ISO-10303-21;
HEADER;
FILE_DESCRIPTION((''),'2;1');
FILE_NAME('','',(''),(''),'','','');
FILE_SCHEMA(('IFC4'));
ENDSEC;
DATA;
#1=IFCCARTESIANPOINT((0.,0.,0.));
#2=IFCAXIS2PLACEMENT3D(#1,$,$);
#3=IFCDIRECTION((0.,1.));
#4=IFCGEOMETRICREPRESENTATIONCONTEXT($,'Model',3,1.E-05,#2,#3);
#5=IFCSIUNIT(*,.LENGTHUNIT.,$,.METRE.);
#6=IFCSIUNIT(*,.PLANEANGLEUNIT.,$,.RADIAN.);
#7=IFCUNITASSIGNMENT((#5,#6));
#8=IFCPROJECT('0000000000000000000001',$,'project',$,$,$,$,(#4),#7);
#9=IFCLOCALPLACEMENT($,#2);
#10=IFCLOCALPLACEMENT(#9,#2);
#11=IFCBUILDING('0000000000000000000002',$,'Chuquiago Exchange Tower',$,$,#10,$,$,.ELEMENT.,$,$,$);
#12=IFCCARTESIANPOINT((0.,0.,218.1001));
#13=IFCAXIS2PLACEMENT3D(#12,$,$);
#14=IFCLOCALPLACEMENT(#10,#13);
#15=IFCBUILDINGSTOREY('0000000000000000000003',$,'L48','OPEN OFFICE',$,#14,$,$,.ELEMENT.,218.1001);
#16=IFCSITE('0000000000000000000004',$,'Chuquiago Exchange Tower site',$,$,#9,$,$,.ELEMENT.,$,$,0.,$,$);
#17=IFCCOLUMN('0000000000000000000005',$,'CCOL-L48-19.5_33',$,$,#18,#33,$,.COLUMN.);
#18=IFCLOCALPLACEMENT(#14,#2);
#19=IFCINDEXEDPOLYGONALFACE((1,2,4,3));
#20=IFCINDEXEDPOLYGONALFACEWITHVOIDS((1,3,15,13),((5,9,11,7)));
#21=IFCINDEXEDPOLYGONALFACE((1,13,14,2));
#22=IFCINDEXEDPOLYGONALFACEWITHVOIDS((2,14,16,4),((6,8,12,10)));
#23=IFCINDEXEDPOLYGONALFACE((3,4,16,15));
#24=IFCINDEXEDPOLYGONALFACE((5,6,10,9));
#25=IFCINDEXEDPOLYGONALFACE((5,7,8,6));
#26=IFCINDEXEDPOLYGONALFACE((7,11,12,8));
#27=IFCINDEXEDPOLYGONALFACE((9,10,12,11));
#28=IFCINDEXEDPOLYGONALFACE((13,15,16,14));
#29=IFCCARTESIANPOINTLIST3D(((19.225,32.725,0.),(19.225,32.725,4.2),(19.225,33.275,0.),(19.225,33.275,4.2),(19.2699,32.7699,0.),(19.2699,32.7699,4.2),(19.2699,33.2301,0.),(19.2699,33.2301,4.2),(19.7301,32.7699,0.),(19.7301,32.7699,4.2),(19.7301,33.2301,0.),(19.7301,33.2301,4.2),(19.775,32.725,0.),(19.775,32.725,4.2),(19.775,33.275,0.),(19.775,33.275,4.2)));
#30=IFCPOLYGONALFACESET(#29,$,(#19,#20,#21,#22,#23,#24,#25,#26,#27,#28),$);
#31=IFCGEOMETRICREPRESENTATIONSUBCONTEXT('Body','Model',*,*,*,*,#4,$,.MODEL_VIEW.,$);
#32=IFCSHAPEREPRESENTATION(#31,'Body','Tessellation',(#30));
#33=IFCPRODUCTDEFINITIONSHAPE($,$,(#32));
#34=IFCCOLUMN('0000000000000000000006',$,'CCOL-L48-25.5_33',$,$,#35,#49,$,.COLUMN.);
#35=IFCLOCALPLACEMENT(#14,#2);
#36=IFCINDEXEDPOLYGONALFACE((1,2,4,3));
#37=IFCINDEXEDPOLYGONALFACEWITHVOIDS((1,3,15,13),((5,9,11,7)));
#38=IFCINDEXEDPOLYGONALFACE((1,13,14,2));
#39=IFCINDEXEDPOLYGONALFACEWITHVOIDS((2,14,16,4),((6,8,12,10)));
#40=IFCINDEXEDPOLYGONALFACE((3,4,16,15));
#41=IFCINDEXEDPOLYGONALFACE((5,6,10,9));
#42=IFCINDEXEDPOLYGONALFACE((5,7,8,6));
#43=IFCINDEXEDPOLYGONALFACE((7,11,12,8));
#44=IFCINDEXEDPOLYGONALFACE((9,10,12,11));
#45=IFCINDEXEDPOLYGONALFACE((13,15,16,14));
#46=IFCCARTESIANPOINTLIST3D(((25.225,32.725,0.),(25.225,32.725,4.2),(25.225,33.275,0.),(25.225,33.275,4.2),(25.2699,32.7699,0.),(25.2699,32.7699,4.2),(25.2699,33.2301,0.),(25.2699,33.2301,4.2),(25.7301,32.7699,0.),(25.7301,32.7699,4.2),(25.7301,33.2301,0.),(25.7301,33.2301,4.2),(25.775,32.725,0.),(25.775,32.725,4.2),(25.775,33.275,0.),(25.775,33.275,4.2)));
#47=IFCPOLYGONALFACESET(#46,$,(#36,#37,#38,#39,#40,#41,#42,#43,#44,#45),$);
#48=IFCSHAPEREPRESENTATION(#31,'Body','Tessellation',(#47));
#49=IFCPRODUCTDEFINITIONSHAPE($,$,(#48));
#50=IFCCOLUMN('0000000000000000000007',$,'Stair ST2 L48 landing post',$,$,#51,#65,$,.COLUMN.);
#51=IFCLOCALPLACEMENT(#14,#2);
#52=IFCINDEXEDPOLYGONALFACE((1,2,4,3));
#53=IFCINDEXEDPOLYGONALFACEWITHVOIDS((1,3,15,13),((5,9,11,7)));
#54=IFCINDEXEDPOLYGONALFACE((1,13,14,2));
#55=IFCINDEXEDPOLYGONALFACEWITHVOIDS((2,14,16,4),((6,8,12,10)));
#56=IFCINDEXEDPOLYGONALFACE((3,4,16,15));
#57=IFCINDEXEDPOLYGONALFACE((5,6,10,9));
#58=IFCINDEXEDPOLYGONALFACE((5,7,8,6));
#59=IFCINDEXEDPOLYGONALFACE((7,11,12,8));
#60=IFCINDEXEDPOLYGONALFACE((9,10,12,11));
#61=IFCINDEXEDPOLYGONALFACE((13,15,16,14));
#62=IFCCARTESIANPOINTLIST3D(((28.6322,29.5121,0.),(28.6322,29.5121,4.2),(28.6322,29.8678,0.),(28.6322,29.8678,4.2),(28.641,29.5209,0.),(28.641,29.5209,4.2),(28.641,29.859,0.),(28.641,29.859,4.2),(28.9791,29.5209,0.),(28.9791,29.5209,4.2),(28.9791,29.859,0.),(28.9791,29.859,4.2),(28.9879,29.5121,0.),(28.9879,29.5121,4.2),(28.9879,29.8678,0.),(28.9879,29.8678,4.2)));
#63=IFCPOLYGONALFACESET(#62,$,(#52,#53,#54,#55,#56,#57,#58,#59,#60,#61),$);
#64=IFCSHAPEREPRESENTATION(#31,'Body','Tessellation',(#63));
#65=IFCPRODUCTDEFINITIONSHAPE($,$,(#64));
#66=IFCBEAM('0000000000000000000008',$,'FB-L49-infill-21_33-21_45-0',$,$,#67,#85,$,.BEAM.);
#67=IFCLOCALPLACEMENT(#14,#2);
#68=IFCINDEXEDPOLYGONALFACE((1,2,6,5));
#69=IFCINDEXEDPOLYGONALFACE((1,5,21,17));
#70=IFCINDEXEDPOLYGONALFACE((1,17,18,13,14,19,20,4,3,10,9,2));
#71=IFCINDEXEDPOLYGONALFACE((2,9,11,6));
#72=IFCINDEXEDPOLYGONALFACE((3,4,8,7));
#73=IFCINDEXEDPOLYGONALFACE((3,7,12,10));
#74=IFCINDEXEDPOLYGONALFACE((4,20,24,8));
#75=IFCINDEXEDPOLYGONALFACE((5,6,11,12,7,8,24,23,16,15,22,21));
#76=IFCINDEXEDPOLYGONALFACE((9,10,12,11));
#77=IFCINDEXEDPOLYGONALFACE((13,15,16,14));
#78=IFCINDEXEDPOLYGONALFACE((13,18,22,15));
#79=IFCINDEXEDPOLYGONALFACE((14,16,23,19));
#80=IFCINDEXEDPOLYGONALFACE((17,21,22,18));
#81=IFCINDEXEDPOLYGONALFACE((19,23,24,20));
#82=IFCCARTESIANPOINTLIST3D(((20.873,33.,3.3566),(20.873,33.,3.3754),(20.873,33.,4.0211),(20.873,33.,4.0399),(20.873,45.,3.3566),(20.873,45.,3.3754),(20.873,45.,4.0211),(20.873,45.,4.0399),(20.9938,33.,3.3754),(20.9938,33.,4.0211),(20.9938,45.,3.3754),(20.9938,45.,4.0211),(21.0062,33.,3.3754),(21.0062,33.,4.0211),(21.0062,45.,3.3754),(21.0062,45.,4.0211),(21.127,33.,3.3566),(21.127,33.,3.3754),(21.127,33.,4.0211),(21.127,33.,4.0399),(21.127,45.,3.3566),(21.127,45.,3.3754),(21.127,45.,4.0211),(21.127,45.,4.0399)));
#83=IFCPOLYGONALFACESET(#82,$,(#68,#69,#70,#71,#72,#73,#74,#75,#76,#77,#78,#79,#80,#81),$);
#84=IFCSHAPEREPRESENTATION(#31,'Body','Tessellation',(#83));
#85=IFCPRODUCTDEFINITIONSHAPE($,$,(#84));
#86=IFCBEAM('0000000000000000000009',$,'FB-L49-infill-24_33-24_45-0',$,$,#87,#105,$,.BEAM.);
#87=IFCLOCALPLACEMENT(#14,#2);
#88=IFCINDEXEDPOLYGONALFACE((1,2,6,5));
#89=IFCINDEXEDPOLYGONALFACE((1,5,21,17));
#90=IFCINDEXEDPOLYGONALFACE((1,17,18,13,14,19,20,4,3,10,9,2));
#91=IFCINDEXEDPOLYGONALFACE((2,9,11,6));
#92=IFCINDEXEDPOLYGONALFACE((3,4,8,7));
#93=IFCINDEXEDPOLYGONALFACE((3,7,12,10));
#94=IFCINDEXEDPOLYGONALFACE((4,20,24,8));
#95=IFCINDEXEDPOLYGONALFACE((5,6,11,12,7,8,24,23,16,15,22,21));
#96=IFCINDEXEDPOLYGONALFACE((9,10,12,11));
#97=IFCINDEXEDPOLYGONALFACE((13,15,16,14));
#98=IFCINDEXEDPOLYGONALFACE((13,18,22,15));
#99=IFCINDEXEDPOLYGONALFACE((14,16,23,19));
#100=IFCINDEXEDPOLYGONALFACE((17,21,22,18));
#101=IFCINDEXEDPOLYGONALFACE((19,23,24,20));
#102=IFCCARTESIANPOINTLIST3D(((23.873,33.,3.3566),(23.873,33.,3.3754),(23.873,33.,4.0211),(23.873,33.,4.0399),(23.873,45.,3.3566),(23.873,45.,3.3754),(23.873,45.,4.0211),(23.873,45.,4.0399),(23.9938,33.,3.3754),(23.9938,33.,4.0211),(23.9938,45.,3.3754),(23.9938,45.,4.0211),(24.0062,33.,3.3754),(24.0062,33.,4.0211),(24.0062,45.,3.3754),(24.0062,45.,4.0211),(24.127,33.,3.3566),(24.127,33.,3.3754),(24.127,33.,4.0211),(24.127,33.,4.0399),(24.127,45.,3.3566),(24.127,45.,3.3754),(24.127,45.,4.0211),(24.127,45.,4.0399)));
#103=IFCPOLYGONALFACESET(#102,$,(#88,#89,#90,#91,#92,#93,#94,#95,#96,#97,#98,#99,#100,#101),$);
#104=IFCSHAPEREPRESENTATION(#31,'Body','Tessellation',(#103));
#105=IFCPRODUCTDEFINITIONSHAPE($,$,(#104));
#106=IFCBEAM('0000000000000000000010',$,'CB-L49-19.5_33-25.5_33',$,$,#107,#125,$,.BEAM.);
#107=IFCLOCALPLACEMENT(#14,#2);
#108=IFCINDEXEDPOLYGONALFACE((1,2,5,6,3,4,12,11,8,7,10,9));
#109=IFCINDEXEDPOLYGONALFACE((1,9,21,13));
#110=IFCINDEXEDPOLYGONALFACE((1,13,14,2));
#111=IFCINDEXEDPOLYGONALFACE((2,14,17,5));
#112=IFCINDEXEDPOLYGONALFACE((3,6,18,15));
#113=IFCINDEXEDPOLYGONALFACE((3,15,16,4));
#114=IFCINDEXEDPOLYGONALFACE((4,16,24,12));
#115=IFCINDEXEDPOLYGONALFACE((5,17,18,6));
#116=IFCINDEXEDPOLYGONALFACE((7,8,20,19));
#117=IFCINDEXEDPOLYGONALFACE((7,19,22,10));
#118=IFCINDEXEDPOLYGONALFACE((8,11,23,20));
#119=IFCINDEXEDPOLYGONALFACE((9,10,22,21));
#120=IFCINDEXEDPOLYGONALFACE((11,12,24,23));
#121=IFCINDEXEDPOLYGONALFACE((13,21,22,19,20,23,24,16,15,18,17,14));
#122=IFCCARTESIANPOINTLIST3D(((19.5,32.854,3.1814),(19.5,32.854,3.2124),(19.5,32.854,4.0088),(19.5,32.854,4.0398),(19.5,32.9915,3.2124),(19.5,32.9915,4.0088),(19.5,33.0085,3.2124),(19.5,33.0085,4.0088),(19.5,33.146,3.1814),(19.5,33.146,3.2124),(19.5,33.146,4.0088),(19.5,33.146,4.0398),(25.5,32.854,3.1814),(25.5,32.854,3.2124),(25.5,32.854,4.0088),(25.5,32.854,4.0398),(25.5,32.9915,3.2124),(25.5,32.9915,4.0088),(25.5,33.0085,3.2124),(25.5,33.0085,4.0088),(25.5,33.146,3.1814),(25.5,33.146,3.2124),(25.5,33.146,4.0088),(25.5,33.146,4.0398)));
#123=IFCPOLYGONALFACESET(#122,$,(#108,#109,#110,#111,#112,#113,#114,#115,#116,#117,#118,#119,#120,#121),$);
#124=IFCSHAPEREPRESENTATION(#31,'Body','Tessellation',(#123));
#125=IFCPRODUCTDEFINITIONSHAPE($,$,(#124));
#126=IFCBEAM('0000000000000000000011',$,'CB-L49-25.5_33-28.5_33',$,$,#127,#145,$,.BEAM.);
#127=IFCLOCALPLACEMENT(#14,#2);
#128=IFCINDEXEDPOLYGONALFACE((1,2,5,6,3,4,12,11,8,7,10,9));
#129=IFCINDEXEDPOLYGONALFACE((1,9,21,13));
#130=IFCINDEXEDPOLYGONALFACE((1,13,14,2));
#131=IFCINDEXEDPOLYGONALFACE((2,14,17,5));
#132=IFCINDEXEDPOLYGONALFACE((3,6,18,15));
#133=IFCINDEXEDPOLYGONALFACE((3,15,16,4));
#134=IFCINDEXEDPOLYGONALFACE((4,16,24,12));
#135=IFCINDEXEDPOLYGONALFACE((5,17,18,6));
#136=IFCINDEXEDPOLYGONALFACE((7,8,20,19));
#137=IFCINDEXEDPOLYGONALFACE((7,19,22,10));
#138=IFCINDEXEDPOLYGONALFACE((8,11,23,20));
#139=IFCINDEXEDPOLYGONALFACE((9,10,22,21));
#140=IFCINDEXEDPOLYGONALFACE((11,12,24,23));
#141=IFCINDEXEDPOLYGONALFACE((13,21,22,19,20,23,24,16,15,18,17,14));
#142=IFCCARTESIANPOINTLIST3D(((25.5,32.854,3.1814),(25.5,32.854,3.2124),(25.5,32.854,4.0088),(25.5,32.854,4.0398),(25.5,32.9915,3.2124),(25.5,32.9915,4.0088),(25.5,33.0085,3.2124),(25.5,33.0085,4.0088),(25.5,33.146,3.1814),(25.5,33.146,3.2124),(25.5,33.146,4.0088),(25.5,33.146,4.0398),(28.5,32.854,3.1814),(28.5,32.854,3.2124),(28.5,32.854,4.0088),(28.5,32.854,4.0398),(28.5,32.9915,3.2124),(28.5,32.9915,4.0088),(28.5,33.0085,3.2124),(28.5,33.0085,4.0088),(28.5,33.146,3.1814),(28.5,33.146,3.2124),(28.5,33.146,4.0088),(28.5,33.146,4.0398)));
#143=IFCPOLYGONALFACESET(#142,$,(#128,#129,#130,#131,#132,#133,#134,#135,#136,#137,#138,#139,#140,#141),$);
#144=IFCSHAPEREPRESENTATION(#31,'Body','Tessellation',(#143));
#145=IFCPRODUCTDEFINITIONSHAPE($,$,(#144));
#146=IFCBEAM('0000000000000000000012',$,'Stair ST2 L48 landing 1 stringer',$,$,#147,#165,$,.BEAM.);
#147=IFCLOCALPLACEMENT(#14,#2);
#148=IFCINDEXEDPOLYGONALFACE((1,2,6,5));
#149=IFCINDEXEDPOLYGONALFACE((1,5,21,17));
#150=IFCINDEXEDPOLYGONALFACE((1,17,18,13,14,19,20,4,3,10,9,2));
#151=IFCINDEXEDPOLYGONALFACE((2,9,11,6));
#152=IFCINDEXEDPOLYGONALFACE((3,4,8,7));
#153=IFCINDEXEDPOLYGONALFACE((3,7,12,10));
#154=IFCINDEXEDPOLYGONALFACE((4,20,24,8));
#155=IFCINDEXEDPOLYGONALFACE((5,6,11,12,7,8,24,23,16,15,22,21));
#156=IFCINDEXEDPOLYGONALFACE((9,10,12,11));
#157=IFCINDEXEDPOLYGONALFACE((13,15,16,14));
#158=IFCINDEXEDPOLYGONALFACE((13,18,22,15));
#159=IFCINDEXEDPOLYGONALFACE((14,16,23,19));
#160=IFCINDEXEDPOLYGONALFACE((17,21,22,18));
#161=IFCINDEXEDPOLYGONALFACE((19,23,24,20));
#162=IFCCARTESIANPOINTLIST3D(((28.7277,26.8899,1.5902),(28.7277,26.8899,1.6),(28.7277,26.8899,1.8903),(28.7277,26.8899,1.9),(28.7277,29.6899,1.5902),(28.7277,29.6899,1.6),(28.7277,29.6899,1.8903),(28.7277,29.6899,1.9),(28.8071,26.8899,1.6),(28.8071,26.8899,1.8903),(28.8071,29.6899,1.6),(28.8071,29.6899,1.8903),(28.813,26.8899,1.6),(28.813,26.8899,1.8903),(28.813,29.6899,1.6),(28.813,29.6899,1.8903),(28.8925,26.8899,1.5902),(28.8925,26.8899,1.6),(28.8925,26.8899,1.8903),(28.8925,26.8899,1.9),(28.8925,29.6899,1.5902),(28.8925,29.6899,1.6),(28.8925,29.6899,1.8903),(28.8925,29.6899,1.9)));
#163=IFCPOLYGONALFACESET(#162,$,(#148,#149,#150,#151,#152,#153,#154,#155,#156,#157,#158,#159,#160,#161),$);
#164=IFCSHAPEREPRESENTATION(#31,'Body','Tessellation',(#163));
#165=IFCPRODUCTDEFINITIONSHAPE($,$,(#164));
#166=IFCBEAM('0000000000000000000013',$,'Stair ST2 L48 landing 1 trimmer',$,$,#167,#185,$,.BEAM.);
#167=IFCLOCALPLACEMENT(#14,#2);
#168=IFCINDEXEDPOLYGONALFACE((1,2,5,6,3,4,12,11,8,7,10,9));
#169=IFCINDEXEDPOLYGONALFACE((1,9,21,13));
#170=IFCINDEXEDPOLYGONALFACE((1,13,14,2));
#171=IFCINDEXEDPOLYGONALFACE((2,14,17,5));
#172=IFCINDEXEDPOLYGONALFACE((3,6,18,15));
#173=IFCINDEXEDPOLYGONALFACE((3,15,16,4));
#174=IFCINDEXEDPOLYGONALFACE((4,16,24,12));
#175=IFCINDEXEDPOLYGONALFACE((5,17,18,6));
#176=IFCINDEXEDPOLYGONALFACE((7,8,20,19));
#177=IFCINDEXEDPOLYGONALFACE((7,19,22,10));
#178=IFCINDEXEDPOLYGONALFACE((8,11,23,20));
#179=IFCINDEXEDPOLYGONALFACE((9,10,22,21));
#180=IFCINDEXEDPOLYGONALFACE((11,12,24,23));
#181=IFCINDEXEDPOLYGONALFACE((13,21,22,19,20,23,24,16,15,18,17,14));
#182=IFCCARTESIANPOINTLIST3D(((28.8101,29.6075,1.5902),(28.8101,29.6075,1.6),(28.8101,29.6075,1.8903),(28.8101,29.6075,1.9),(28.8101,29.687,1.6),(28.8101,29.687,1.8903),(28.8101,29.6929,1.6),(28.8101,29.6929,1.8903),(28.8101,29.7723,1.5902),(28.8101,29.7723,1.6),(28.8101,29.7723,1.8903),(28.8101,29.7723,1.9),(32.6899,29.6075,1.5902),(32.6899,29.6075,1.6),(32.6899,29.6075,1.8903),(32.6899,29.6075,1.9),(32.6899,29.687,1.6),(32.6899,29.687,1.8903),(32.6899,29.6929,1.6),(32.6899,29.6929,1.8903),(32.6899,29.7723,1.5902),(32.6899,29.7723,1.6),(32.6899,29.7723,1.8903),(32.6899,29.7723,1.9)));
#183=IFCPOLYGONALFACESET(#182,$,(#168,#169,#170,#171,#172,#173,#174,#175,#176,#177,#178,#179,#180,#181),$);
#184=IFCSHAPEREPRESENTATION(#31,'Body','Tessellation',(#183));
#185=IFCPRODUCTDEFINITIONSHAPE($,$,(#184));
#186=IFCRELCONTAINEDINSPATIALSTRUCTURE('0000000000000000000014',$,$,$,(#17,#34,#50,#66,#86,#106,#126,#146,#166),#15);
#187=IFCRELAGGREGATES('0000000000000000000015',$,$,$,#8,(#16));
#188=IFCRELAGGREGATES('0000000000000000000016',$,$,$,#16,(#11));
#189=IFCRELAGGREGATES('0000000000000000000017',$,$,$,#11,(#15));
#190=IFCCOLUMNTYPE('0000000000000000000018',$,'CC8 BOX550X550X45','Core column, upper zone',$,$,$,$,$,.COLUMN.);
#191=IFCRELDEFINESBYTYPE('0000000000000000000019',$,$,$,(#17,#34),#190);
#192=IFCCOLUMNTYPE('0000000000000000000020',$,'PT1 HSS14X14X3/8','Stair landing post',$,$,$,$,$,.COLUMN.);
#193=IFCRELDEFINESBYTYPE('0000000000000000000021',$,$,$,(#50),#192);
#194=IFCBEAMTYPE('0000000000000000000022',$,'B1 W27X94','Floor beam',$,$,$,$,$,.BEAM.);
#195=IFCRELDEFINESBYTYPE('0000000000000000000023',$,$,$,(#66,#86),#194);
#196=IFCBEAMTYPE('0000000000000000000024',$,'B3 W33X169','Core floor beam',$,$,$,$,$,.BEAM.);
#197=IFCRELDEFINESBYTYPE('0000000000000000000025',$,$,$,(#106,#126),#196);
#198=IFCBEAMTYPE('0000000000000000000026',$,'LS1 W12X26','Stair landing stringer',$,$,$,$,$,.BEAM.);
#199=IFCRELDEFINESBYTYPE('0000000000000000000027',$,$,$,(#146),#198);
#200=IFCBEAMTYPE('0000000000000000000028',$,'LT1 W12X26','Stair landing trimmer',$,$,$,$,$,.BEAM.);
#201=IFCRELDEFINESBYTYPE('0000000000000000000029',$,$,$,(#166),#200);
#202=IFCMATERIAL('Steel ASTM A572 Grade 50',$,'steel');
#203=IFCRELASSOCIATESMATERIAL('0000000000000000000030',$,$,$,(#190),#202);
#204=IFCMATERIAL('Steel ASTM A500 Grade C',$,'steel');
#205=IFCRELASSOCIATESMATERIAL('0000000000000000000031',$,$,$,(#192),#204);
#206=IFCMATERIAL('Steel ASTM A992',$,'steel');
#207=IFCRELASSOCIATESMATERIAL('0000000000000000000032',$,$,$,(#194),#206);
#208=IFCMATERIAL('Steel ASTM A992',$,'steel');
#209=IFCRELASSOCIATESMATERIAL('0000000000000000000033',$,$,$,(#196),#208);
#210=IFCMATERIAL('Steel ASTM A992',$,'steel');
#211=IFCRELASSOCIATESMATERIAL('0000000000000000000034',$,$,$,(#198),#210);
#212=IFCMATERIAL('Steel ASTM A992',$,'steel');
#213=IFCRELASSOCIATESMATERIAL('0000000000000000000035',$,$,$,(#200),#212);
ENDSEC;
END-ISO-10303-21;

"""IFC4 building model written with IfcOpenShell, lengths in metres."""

from ifc_helpers import new_model, si_unit, direction, frame, origin, origin_2d, place, context, subcontext, project, spatial, hollow_rectangle, i_section, extrude, material, material_profile, profile_set, type_object, element, save


model = new_model("IFC4")

# Units and contexts
model_context = context("Model", 3, precision=1e-05, world=origin(), true_north=direction((0.0, 1.0)))
body_context = subcontext(model_context, "Body", "Model", "MODEL_VIEW")
ifc_project = project(units=[si_unit("LENGTHUNIT", "METRE"), si_unit("PLANEANGLEUNIT", "RADIAN")], contexts=[model_context])

# Site, building, storey
site_placement = place(None, origin())
site = spatial("IfcSite", under=ifc_project, at=site_placement, Name="Chuquiago Exchange Tower site", CompositionType="ELEMENT", RefElevation=0.0)
building_placement = place(site_placement, origin())
building = spatial("IfcBuilding", under=site, at=building_placement, Name="Chuquiago Exchange Tower", CompositionType="ELEMENT")
storey_placement = place(building_placement, frame((0.0, 0.0, 218.1001)))
storey = spatial("IfcBuildingStorey", under=building, at=storey_placement, Name="L48", Description="OPEN OFFICE", CompositionType="ELEMENT", Elevation=218.1001)

# Columns
ifc_material_1 = material(Name="Steel ASTM A572 Grade 50", Category="steel")
ifc_material_profile_1 = material_profile(ifc_material_1, hollow_rectangle(XDim=0.55, YDim=0.55, WallThickness=0.0449, at=origin_2d()), Name="BOX550X550X45")
ifc_profile_set_1 = profile_set([ifc_material_profile_1], Name="Steel ASTM A572 Grade 50")
column_type_1 = type_object("IfcColumnType", Name="CC8 BOX550X550X45", Description="Core column, upper zone", PredefinedType="COLUMN", material=ifc_profile_set_1)
for number, where, z_axis, x_axis, name in (
    (1, (19.5, 33.0, 0.0), (0.0, 0.0, 1.0), (1.0, 0.0, 0.0), "CCOL-L48-19.5_33"),
    (2, (25.5, 33.0, 0.0), (0.0, 0.0, 1.0), (1.0, 0.0, 0.0), "CCOL-L48-25.5_33"),
):
    element("IfcColumn", number, at=place(storey_placement, frame(where, z_axis=z_axis, x_axis=x_axis)), inside=storey, type_object=column_type_1, Name=name, PredefinedType="COLUMN", context=body_context, shape_type="SweptSolid", body=[
        extrude(hollow_rectangle(XDim=0.55, YDim=0.55, WallThickness=0.0449, at=origin_2d()), origin(), (0.0, 0.0, 1.0), 4.2),
    ])
ifc_material_2 = material(Name="Steel ASTM A500 Grade C", Category="steel")
ifc_material_profile_2 = material_profile(ifc_material_2, hollow_rectangle(XDim=0.3557, YDim=0.3557, WallThickness=0.0088, at=origin_2d()), Name="HSS14X14X3/8")
ifc_profile_set_2 = profile_set([ifc_material_profile_2], Name="Steel ASTM A500 Grade C")
column_type_2 = type_object("IfcColumnType", Name="PT1 HSS14X14X3/8", Description="Stair landing post", PredefinedType="COLUMN", material=ifc_profile_set_2)
column_placement = place(storey_placement, frame((28.8101, 29.6899, 0.0), z_axis=(0.0, 0.0, 1.0), x_axis=(1.0, 0.0, 0.0)))
element("IfcColumn", 3, at=column_placement, inside=storey, type_object=column_type_2, Name="Stair ST2 L48 landing post", PredefinedType="COLUMN", context=body_context, shape_type="SweptSolid", body=[
    extrude(hollow_rectangle(XDim=0.3557, YDim=0.3557, WallThickness=0.0088, at=origin_2d()), origin(), (0.0, 0.0, 1.0), 4.2),
])

# Beams
ifc_material_3 = material(Name="Steel ASTM A992", Category="steel")
ifc_material_profile_3 = material_profile(ifc_material_3, i_section(OverallWidth=0.2539, OverallDepth=0.6833, WebThickness=0.0125, FlangeThickness=0.0188, at=origin_2d()), Name="W27X94")
ifc_profile_set_3 = profile_set([ifc_material_profile_3], Name="Steel ASTM A992")
beam_type_1 = type_object("IfcBeamType", Name="B1 W27X94", Description="Floor beam", PredefinedType="BEAM", material=ifc_profile_set_3)
for number, where, z_axis, x_axis, name in (
    (4, (21.0, 33.0, 3.6982), (0.0, 1.0, 0.0), (-1.0, 0.0, 0.0), "FB-L49-infill-21_33-21_45-0"),
    (5, (24.0, 33.0, 3.6982), (0.0, 1.0, 0.0), (-1.0, 0.0, 0.0), "FB-L49-infill-24_33-24_45-0"),
):
    element("IfcBeam", number, at=place(storey_placement, frame(where, z_axis=z_axis, x_axis=x_axis)), inside=storey, type_object=beam_type_1, Name=name, PredefinedType="BEAM", context=body_context, shape_type="SweptSolid", body=[
        extrude(i_section(OverallWidth=0.2539, OverallDepth=0.6833, WebThickness=0.0125, FlangeThickness=0.0188, at=origin_2d()), origin(), (0.0, 0.0, 1.0), 12.0),
    ])
ifc_material_4 = material(Name="Steel ASTM A992", Category="steel")
ifc_material_profile_4 = material_profile(ifc_material_4, i_section(OverallWidth=0.292, OverallDepth=0.8584, WebThickness=0.0171, FlangeThickness=0.031, at=origin_2d()), Name="W33X169")
ifc_profile_set_4 = profile_set([ifc_material_profile_4], Name="Steel ASTM A992")
beam_type_2 = type_object("IfcBeamType", Name="B3 W33X169", Description="Core floor beam", PredefinedType="BEAM", material=ifc_profile_set_4)
beam_1_placement = place(storey_placement, frame((19.5, 33.0, 3.6106), z_axis=(1.0, 0.0, 0.0), x_axis=(0.0, 1.0, 0.0)))
element("IfcBeam", 6, at=beam_1_placement, inside=storey, type_object=beam_type_2, Name="CB-L49-19.5_33-25.5_33", PredefinedType="BEAM", context=body_context, shape_type="SweptSolid", body=[
    extrude(i_section(OverallWidth=0.292, OverallDepth=0.8584, WebThickness=0.0171, FlangeThickness=0.031, at=origin_2d()), origin(), (0.0, 0.0, 1.0), 6.0),
])
beam_2_placement = place(storey_placement, frame((25.5, 33.0, 3.6106), z_axis=(1.0, 0.0, 0.0), x_axis=(0.0, 1.0, 0.0)))
element("IfcBeam", 7, at=beam_2_placement, inside=storey, type_object=beam_type_2, Name="CB-L49-25.5_33-28.5_33", PredefinedType="BEAM", context=body_context, shape_type="SweptSolid", body=[
    extrude(i_section(OverallWidth=0.292, OverallDepth=0.8584, WebThickness=0.0171, FlangeThickness=0.031, at=origin_2d()), origin(), (0.0, 0.0, 1.0), 3.0),
])
ifc_material_5 = material(Name="Steel ASTM A992", Category="steel")
ifc_material_profile_5 = material_profile(ifc_material_5, i_section(OverallWidth=0.1648, OverallDepth=0.3098, WebThickness=0.0059, FlangeThickness=0.0098, at=origin_2d()), Name="W12X26")
ifc_profile_set_5 = profile_set([ifc_material_profile_5], Name="Steel ASTM A992")
beam_type_3 = type_object("IfcBeamType", Name="LS1 W12X26", Description="Stair landing stringer", PredefinedType="BEAM", material=ifc_profile_set_5)
beam_3_placement = place(storey_placement, frame((28.8101, 26.8899, 1.7451), z_axis=(0.0, 1.0, 0.0), x_axis=(-1.0, 0.0, 0.0)))
element("IfcBeam", 8, at=beam_3_placement, inside=storey, type_object=beam_type_3, Name="Stair ST2 L48 landing 1 stringer", PredefinedType="BEAM", context=body_context, shape_type="SweptSolid", body=[
    extrude(i_section(OverallWidth=0.1648, OverallDepth=0.3098, WebThickness=0.0059, FlangeThickness=0.0098, at=origin_2d()), origin(), (0.0, 0.0, 1.0), 2.8),
])
ifc_material_6 = material(Name="Steel ASTM A992", Category="steel")
ifc_material_profile_6 = material_profile(ifc_material_6, i_section(OverallWidth=0.1648, OverallDepth=0.3098, WebThickness=0.0059, FlangeThickness=0.0098, at=origin_2d()), Name="W12X26")
ifc_profile_set_6 = profile_set([ifc_material_profile_6], Name="Steel ASTM A992")
beam_type_4 = type_object("IfcBeamType", Name="LT1 W12X26", Description="Stair landing trimmer", PredefinedType="BEAM", material=ifc_profile_set_6)
for number, where, z_axis, x_axis, name in (
    (9, (28.8101, 29.6899, 1.7451), (1.0, 0.0, 0.0), (0.0, 1.0, 0.0), "Stair ST2 L48 landing 1 trimmer"),
):
    element("IfcBeam", number, at=place(storey_placement, frame(where, z_axis=z_axis, x_axis=x_axis)), inside=storey, type_object=beam_type_4, Name=name, PredefinedType="BEAM", context=body_context, shape_type="SweptSolid", body=[
        extrude(i_section(OverallWidth=0.1648, OverallDepth=0.3098, WebThickness=0.0059, FlangeThickness=0.0098, at=origin_2d()), origin(), (0.0, 0.0, 1.0), 3.8799),
    ])

save(model, "model.ifc")
